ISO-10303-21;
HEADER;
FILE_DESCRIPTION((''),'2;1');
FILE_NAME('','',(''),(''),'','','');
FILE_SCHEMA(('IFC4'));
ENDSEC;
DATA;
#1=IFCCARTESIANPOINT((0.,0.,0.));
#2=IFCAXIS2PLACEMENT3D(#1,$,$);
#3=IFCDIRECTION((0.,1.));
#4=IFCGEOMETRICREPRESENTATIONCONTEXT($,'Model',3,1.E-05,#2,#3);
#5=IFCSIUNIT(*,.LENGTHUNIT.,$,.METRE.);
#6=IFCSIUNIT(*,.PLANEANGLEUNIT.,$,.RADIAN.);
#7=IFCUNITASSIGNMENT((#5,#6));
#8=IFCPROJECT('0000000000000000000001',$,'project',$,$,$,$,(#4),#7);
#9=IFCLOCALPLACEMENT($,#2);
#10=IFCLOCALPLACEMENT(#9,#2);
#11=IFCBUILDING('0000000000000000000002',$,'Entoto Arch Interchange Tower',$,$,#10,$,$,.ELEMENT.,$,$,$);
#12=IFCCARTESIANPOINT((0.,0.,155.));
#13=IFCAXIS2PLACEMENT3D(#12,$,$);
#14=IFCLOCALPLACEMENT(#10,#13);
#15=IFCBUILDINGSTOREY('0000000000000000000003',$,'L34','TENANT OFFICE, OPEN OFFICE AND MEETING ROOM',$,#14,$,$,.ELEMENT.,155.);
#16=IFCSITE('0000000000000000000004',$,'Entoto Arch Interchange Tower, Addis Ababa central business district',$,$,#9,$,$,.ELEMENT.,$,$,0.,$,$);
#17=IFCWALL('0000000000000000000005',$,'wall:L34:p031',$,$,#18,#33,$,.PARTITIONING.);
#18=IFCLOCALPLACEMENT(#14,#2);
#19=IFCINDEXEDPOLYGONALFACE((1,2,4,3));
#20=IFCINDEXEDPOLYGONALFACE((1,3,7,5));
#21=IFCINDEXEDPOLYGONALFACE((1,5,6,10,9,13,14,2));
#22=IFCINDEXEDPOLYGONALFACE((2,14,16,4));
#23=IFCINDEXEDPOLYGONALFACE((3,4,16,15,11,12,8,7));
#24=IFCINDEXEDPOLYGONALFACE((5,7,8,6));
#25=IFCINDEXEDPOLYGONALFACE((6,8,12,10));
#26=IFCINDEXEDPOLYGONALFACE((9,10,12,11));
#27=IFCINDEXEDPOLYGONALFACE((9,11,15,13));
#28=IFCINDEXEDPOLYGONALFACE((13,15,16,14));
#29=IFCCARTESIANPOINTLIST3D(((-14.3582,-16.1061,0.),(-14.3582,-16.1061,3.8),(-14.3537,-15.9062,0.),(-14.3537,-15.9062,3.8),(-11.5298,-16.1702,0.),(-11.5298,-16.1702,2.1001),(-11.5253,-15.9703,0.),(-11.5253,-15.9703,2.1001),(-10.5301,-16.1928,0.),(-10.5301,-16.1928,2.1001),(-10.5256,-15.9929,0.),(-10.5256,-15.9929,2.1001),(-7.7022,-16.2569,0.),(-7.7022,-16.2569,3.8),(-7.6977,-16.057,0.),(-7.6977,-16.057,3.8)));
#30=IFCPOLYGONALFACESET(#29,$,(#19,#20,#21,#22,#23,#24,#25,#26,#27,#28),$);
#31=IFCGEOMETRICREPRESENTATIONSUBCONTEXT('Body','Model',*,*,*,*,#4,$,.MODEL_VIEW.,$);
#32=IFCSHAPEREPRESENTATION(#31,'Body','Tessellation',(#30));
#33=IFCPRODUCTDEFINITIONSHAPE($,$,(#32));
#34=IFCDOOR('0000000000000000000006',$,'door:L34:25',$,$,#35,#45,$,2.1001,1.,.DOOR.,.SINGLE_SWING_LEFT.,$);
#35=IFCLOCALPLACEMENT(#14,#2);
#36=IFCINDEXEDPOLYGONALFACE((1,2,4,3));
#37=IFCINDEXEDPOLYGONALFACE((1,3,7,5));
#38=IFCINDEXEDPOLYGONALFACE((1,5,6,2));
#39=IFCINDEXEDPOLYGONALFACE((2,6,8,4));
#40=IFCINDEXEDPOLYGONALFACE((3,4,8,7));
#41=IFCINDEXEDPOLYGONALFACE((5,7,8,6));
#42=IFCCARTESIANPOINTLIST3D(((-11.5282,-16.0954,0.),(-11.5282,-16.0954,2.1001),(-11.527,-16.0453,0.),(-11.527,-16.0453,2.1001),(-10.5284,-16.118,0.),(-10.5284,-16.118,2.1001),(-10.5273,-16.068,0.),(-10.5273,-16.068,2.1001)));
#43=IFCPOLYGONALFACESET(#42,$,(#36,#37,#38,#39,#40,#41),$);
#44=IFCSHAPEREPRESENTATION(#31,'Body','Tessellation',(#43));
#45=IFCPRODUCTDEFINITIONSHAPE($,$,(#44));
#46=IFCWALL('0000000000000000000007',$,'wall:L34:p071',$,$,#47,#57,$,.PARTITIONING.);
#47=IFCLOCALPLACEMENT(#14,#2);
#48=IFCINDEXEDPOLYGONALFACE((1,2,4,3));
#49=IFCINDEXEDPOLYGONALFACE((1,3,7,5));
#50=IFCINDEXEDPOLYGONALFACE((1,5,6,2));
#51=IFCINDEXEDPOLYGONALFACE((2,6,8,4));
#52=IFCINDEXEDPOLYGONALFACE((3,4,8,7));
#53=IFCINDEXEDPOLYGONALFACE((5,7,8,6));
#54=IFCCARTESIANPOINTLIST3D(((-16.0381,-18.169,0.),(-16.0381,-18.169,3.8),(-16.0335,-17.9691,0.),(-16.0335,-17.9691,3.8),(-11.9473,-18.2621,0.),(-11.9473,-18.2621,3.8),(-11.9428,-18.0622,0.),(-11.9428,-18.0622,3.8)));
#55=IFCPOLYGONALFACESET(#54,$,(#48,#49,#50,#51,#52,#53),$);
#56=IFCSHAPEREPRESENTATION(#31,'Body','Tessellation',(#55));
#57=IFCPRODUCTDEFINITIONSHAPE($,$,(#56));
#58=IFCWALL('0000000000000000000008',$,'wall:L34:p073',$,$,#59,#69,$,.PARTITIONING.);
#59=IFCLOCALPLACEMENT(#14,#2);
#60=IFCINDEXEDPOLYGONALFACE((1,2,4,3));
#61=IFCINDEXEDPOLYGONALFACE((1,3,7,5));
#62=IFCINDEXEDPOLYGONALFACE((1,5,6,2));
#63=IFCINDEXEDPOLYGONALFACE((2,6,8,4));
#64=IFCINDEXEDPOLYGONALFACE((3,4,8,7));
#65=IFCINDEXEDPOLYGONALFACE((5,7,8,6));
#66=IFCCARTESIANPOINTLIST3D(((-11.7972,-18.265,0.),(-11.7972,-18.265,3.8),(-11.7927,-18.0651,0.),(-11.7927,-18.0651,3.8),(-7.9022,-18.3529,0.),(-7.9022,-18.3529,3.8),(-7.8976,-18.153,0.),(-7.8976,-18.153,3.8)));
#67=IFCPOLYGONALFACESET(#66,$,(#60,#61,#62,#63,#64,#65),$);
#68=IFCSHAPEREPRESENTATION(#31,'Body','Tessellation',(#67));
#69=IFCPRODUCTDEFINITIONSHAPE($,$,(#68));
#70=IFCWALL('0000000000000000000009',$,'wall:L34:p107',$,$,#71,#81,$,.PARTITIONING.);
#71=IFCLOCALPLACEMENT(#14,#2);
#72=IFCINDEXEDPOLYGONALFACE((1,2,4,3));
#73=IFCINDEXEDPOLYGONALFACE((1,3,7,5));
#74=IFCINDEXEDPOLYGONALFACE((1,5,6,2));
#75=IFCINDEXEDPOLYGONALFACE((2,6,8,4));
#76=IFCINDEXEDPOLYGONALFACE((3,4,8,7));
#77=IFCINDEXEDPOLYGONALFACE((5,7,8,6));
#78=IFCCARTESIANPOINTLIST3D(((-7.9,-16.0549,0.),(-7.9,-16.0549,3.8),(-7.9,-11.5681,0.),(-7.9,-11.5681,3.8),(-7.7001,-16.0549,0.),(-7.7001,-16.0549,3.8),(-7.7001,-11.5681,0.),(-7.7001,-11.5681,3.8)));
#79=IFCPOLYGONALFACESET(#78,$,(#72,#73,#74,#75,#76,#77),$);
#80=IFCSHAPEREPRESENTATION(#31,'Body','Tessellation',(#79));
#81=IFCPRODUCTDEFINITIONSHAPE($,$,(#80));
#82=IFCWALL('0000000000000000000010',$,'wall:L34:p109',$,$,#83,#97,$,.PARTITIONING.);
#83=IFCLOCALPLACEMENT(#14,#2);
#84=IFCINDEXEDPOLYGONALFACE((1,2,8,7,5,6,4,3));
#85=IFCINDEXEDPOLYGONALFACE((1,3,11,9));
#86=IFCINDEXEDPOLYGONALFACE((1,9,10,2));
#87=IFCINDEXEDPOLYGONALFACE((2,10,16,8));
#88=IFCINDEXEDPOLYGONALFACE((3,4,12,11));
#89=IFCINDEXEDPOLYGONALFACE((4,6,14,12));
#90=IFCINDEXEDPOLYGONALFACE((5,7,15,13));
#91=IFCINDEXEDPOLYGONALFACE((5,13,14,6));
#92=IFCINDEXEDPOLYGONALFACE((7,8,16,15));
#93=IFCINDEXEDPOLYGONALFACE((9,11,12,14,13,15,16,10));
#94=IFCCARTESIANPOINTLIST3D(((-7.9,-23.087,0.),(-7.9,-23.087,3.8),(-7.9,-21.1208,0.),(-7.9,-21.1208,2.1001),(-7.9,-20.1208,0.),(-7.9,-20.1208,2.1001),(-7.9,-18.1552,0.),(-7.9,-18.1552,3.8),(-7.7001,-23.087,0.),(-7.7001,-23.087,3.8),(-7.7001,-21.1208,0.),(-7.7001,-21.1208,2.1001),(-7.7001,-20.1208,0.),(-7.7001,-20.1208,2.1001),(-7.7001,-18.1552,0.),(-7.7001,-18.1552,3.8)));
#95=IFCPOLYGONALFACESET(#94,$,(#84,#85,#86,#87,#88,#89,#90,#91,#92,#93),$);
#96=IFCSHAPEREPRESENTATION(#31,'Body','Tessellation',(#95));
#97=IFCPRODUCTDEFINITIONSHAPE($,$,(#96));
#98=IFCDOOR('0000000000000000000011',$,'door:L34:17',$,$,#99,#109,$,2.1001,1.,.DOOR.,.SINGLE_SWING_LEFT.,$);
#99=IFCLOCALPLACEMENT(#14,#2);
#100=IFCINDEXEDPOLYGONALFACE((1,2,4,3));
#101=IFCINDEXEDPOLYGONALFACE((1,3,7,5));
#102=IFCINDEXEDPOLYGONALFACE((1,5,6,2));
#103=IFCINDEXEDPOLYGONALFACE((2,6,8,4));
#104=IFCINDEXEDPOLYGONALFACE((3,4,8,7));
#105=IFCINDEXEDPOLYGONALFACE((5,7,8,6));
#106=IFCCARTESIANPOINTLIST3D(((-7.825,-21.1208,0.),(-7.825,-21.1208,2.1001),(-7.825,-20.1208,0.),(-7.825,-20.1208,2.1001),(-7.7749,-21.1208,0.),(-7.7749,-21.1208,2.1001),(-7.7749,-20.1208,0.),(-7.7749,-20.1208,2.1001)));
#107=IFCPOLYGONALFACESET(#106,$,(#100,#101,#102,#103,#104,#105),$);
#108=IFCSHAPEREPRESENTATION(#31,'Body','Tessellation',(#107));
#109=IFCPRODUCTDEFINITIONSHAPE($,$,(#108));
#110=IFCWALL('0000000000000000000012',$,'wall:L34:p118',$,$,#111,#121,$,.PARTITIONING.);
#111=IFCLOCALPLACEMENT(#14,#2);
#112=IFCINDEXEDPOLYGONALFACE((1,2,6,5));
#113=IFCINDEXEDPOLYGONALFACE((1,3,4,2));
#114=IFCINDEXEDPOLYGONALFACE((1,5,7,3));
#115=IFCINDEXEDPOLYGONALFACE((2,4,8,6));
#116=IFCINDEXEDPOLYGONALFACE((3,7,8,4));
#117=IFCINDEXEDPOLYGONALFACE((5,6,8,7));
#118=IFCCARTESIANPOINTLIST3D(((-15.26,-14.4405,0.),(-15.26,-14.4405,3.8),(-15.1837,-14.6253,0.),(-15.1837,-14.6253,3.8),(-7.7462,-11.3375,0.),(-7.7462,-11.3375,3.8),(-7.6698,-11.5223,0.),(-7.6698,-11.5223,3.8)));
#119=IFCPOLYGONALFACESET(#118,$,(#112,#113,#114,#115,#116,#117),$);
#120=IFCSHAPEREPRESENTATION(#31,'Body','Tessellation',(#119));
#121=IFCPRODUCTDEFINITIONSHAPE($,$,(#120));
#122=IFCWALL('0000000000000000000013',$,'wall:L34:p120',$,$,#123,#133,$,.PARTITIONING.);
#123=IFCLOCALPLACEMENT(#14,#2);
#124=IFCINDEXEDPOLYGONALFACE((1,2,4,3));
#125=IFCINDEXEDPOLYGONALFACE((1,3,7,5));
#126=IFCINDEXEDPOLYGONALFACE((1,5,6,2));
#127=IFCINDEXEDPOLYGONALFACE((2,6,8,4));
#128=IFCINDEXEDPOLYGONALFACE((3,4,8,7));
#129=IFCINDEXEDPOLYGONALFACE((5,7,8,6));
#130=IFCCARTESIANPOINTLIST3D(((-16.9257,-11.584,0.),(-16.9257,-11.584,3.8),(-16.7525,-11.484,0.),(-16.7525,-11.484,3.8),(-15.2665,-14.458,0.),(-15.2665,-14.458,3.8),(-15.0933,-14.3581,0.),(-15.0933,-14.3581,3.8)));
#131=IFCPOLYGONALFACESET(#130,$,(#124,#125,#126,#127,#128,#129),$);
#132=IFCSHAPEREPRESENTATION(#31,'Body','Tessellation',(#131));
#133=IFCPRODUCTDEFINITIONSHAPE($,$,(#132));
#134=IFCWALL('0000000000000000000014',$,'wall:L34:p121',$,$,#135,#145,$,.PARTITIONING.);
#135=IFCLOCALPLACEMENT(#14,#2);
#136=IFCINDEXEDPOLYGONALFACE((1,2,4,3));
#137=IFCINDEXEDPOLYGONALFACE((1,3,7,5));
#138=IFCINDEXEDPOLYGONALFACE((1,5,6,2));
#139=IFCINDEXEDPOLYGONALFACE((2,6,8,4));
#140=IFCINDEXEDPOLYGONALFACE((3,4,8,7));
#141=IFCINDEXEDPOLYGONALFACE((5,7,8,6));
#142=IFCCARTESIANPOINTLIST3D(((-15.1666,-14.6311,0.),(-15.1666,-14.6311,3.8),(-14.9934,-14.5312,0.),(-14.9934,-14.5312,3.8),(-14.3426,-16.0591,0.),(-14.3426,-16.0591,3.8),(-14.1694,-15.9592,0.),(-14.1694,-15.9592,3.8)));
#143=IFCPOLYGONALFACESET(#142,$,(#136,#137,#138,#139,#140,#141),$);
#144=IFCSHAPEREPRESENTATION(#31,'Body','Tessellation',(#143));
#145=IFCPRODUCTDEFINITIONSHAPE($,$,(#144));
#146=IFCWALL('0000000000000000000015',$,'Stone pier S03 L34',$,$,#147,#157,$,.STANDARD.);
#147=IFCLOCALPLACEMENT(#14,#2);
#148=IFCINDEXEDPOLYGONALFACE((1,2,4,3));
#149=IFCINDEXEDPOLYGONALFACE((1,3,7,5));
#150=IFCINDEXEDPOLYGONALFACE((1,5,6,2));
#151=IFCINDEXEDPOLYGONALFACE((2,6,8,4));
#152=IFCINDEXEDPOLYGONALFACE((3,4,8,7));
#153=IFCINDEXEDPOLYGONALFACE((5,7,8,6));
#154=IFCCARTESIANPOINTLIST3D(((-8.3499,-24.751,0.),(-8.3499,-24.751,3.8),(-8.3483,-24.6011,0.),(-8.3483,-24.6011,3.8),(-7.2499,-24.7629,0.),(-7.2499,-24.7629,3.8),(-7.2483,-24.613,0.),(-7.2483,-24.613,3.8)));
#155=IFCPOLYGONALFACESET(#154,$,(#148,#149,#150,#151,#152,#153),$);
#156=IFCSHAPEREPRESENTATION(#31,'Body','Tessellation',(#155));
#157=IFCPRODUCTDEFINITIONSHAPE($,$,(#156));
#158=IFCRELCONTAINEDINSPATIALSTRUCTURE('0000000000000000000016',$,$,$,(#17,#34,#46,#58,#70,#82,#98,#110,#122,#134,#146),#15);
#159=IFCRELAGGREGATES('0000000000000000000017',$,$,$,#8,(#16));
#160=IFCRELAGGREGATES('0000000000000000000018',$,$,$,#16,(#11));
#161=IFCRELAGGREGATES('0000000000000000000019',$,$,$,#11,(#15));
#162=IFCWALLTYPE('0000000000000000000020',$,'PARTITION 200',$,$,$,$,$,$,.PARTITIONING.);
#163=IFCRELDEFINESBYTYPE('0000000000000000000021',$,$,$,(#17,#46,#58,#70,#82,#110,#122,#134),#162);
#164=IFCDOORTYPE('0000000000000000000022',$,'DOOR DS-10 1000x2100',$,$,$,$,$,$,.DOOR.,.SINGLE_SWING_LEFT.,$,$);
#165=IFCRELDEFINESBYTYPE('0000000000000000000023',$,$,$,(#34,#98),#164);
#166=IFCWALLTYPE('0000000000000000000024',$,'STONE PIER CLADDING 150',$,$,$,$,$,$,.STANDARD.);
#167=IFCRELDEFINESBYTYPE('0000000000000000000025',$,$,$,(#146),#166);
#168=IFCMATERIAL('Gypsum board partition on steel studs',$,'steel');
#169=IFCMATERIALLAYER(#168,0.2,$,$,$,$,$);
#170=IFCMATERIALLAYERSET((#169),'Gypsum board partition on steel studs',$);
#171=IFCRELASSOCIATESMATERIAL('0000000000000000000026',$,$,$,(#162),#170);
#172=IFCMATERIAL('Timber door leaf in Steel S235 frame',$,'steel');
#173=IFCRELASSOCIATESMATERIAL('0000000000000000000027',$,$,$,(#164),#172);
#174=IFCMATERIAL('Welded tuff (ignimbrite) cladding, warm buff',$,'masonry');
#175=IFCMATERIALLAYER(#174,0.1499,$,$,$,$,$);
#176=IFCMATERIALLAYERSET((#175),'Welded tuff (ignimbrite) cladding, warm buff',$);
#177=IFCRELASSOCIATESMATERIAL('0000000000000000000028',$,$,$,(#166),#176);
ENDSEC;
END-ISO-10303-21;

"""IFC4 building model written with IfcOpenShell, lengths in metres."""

from ifc_helpers import new_model, si_unit, direction, frame, frame_2d, origin, place, context, subcontext, project, spatial, rectangle, extrude, material, layer, layer_set, type_object, element, fill, save


model = new_model("IFC4")

# Units and contexts
model_context = context("Model", 3, precision=1e-05, world=origin(), true_north=direction((0.0, 1.0)))
body_context = subcontext(model_context, "Body", "Model", "MODEL_VIEW")
ifc_project = project(units=[si_unit("LENGTHUNIT", "METRE"), si_unit("PLANEANGLEUNIT", "RADIAN")], contexts=[model_context])

# Site, building, storey
site_placement = place(None, origin())
site = spatial("IfcSite", under=ifc_project, at=site_placement, Name="Entoto Arch Interchange Tower, Addis Ababa central business district", CompositionType="ELEMENT", RefElevation=0.0)
building_placement = place(site_placement, origin())
building = spatial("IfcBuilding", under=site, at=building_placement, Name="Entoto Arch Interchange Tower", CompositionType="ELEMENT")
storey_placement = place(building_placement, frame((0.0, 0.0, 155.0)))
storey = spatial("IfcBuildingStorey", under=building, at=storey_placement, Name="L34", Description="TENANT OFFICE, OPEN OFFICE AND MEETING ROOM", CompositionType="ELEMENT", Elevation=155.0)

# Shared definitions
ifc_material_1 = material(Name="Gypsum board partition on steel studs", Category="steel")

# Wall, opening, door
ifc_layer_1 = layer(ifc_material_1, 0.2)
ifc_layer_set_1 = layer_set([ifc_layer_1], Name="Gypsum board partition on steel studs")
wall_type_1 = type_object("IfcWallType", Name="PARTITION 200", PredefinedType="PARTITIONING", material=ifc_layer_set_1)
wall_1_placement = place(storey_placement, frame((-14.356, -16.0061, 0.0), z_axis=(0.0, 0.0, 1.0), x_axis=(0.999743, -0.022662, 0.0)))
wall_1 = element("IfcWall", 1, at=wall_1_placement, inside=storey, type_object=wall_type_1, Name="wall:L34:p031", PredefinedType="PARTITIONING", context=body_context, shape_type="SweptSolid", body=[
    extrude(rectangle(XDim=6.6577, YDim=0.2, at=frame_2d((3.3289, 0.0))), origin(), (0.0, 0.0, 1.0), 3.8),
])
opening_1_placement = place(wall_1_placement, frame((2.8291, 0.0, 0.0)))
opening_1 = element("IfcOpeningElement", 2, at=opening_1_placement, cuts=wall_1, PredefinedType="OPENING", context=body_context, shape_type="SweptSolid", body=[
    extrude(rectangle(XDim=1.0, YDim=2.1001, at=frame_2d((0.5, 1.05))), frame((0.0, 0.1099, 0.0), z_axis=(0.0, -1.0, 0.0), x_axis=(1.0, 0.0, 0.0)), (0.0, 0.0, 1.0), 0.22),
])
ifc_material_2 = material(Name="Timber door leaf in Steel S235 frame", Category="steel")
door_type = type_object("IfcDoorType", Name="DOOR DS-10 1000x2100", OperationType="SINGLE_SWING_LEFT", PredefinedType="DOOR", material=ifc_material_2)
door_1_placement = place(opening_1_placement, origin())
door_1 = element("IfcDoor", 3, at=door_1_placement, inside=storey, type_object=door_type, Name="door:L34:25", OperationType="SINGLE_SWING_LEFT", OverallHeight=2.1001, OverallWidth=1.0, PredefinedType="DOOR", context=body_context, shape_type="SweptSolid", body=[
    extrude(rectangle(XDim=1.0, YDim=2.1001, at=frame_2d((0.5, 1.05))), frame((0.0, 0.0249, 0.0), z_axis=(0.0, -1.0, 0.0), x_axis=(1.0, 0.0, 0.0)), (0.0, 0.0, 1.0), 0.05),
])
fill(opening_1, door_1)

# Walls
wall_2_placement = place(storey_placement, frame((-11.9451, -18.1621, 0.0), z_axis=(0.0, 0.0, 1.0), x_axis=(-0.999742, 0.022732, 0.0)))
element("IfcWall", 4, at=wall_2_placement, inside=storey, type_object=wall_type_1, Name="wall:L34:p071", PredefinedType="PARTITIONING", context=body_context, shape_type="SweptSolid", body=[
    extrude(rectangle(XDim=4.0918, YDim=0.2, at=frame_2d((2.0459, 0.0))), origin(), (0.0, 0.0, 1.0), 3.8),
])
wall_3_placement = place(storey_placement, frame((-7.8999, -18.2529, 0.0), z_axis=(0.0, 0.0, 1.0), x_axis=(-0.999746, 0.022559, 0.0)))
element("IfcWall", 5, at=wall_3_placement, inside=storey, type_object=wall_type_1, Name="wall:L34:p073", PredefinedType="PARTITIONING", context=body_context, shape_type="SweptSolid", body=[
    extrude(rectangle(XDim=3.896, YDim=0.2, at=frame_2d((1.948, 0.0))), origin(), (0.0, 0.0, 1.0), 3.8),
])
wall_4_placement = place(storey_placement, frame((-7.8, -16.0549, 0.0), z_axis=(0.0, 0.0, 1.0), x_axis=(0.0, 1.0, 0.0)))
element("IfcWall", 6, at=wall_4_placement, inside=storey, type_object=wall_type_1, Name="wall:L34:p107", PredefinedType="PARTITIONING", context=body_context, shape_type="SweptSolid", body=[
    extrude(rectangle(XDim=4.4868, YDim=0.2, at=frame_2d((2.2434, 0.0))), origin(), (0.0, 0.0, 1.0), 3.8),
])

# Wall, opening, door
wall_5_placement = place(storey_placement, frame((-7.8, -23.0869, 0.0), z_axis=(0.0, 0.0, 1.0), x_axis=(0.0, 1.0, 0.0)))
wall_5 = element("IfcWall", 7, at=wall_5_placement, inside=storey, type_object=wall_type_1, Name="wall:L34:p109", PredefinedType="PARTITIONING", context=body_context, shape_type="SweptSolid", body=[
    extrude(rectangle(XDim=4.9319, YDim=0.2, at=frame_2d((2.4658, 0.0))), origin(), (0.0, 0.0, 1.0), 3.8),
])
opening_2_placement = place(wall_5_placement, frame((1.9661, 0.0, 0.0)))
opening_2 = element("IfcOpeningElement", 8, at=opening_2_placement, cuts=wall_5, PredefinedType="OPENING", context=body_context, shape_type="SweptSolid", body=[
    extrude(rectangle(XDim=1.0, YDim=2.1001, at=frame_2d((0.5, 1.05))), frame((0.0, 0.1099, 0.0), z_axis=(0.0, -1.0, 0.0), x_axis=(1.0, 0.0, 0.0)), (0.0, 0.0, 1.0), 0.22),
])
door_2_placement = place(opening_2_placement, origin())
door_2 = element("IfcDoor", 9, at=door_2_placement, inside=storey, type_object=door_type, Name="door:L34:17", OperationType="SINGLE_SWING_LEFT", OverallHeight=2.1001, OverallWidth=1.0, PredefinedType="DOOR", context=body_context, shape_type="SweptSolid", body=[
    extrude(rectangle(XDim=1.0, YDim=2.1001, at=frame_2d((0.5, 1.05))), frame((0.0, 0.0249, 0.0), z_axis=(0.0, -1.0, 0.0), x_axis=(1.0, 0.0, 0.0)), (0.0, 0.0, 1.0), 0.05),
])
fill(opening_2, door_2)

# Walls
wall_6_placement = place(storey_placement, frame((-7.708, -11.4299, 0.0), z_axis=(0.0, 0.0, 1.0), x_axis=(-0.924285, -0.381703, 0.0)))
element("IfcWall", 10, at=wall_6_placement, inside=storey, type_object=wall_type_1, Name="wall:L34:p118", PredefinedType="PARTITIONING", context=body_context, shape_type="SweptSolid", body=[
    extrude(rectangle(XDim=8.1294, YDim=0.2, at=frame_2d((4.0647, 0.0))), origin(), (0.0, 0.0, 1.0), 3.8),
])
wall_7_placement = place(storey_placement, frame((-15.1799, -14.408, 0.0), z_axis=(0.0, 0.0, 1.0), x_axis=(-0.499969, 0.866043, 0.0)))
element("IfcWall", 11, at=wall_7_placement, inside=storey, type_object=wall_type_1, Name="wall:L34:p120", PredefinedType="PARTITIONING", context=body_context, shape_type="SweptSolid", body=[
    extrude(rectangle(XDim=3.3186, YDim=0.2, at=frame_2d((1.6592, 0.0))), origin(), (0.0, 0.0, 1.0), 3.8),
])
wall_8_placement = place(storey_placement, frame((-14.2561, -16.009, 0.0), z_axis=(0.0, 0.0, 1.0), x_axis=(-0.499787, 0.866149, 0.0)))
element("IfcWall", 12, at=wall_8_placement, inside=storey, type_object=wall_type_1, Name="wall:L34:p121", PredefinedType="PARTITIONING", context=body_context, shape_type="SweptSolid", body=[
    extrude(rectangle(XDim=1.6487, YDim=0.2, at=frame_2d((0.8242, 0.0))), origin(), (0.0, 0.0, 1.0), 3.8),
])
ifc_material_3 = material(Name="Welded tuff (ignimbrite) cladding, warm buff", Category="masonry")
ifc_layer_2 = layer(ifc_material_3, 0.1499)
ifc_layer_set_2 = layer_set([ifc_layer_2], Name="Welded tuff (ignimbrite) cladding, warm buff")
wall_type_2 = type_object("IfcWallType", Name="STONE PIER CLADDING 150", PredefinedType="STANDARD", material=ifc_layer_set_2)
wall_9_placement = place(storey_placement, frame((-8.3491, -24.676, 0.0), z_axis=(0.0, 0.0, 1.0), x_axis=(0.999941, -0.010874, 0.0)))
element("IfcWall", 13, at=wall_9_placement, inside=storey, type_object=wall_type_2, Name="Stone pier S03 L34", PredefinedType="STANDARD", context=body_context, shape_type="SweptSolid", body=[
    extrude(rectangle(XDim=1.1001, YDim=0.1499, at=frame_2d((0.55, 0.0))), origin(), (0.0, 0.0, 1.0), 3.8),
])

save(model, "model.ifc")
